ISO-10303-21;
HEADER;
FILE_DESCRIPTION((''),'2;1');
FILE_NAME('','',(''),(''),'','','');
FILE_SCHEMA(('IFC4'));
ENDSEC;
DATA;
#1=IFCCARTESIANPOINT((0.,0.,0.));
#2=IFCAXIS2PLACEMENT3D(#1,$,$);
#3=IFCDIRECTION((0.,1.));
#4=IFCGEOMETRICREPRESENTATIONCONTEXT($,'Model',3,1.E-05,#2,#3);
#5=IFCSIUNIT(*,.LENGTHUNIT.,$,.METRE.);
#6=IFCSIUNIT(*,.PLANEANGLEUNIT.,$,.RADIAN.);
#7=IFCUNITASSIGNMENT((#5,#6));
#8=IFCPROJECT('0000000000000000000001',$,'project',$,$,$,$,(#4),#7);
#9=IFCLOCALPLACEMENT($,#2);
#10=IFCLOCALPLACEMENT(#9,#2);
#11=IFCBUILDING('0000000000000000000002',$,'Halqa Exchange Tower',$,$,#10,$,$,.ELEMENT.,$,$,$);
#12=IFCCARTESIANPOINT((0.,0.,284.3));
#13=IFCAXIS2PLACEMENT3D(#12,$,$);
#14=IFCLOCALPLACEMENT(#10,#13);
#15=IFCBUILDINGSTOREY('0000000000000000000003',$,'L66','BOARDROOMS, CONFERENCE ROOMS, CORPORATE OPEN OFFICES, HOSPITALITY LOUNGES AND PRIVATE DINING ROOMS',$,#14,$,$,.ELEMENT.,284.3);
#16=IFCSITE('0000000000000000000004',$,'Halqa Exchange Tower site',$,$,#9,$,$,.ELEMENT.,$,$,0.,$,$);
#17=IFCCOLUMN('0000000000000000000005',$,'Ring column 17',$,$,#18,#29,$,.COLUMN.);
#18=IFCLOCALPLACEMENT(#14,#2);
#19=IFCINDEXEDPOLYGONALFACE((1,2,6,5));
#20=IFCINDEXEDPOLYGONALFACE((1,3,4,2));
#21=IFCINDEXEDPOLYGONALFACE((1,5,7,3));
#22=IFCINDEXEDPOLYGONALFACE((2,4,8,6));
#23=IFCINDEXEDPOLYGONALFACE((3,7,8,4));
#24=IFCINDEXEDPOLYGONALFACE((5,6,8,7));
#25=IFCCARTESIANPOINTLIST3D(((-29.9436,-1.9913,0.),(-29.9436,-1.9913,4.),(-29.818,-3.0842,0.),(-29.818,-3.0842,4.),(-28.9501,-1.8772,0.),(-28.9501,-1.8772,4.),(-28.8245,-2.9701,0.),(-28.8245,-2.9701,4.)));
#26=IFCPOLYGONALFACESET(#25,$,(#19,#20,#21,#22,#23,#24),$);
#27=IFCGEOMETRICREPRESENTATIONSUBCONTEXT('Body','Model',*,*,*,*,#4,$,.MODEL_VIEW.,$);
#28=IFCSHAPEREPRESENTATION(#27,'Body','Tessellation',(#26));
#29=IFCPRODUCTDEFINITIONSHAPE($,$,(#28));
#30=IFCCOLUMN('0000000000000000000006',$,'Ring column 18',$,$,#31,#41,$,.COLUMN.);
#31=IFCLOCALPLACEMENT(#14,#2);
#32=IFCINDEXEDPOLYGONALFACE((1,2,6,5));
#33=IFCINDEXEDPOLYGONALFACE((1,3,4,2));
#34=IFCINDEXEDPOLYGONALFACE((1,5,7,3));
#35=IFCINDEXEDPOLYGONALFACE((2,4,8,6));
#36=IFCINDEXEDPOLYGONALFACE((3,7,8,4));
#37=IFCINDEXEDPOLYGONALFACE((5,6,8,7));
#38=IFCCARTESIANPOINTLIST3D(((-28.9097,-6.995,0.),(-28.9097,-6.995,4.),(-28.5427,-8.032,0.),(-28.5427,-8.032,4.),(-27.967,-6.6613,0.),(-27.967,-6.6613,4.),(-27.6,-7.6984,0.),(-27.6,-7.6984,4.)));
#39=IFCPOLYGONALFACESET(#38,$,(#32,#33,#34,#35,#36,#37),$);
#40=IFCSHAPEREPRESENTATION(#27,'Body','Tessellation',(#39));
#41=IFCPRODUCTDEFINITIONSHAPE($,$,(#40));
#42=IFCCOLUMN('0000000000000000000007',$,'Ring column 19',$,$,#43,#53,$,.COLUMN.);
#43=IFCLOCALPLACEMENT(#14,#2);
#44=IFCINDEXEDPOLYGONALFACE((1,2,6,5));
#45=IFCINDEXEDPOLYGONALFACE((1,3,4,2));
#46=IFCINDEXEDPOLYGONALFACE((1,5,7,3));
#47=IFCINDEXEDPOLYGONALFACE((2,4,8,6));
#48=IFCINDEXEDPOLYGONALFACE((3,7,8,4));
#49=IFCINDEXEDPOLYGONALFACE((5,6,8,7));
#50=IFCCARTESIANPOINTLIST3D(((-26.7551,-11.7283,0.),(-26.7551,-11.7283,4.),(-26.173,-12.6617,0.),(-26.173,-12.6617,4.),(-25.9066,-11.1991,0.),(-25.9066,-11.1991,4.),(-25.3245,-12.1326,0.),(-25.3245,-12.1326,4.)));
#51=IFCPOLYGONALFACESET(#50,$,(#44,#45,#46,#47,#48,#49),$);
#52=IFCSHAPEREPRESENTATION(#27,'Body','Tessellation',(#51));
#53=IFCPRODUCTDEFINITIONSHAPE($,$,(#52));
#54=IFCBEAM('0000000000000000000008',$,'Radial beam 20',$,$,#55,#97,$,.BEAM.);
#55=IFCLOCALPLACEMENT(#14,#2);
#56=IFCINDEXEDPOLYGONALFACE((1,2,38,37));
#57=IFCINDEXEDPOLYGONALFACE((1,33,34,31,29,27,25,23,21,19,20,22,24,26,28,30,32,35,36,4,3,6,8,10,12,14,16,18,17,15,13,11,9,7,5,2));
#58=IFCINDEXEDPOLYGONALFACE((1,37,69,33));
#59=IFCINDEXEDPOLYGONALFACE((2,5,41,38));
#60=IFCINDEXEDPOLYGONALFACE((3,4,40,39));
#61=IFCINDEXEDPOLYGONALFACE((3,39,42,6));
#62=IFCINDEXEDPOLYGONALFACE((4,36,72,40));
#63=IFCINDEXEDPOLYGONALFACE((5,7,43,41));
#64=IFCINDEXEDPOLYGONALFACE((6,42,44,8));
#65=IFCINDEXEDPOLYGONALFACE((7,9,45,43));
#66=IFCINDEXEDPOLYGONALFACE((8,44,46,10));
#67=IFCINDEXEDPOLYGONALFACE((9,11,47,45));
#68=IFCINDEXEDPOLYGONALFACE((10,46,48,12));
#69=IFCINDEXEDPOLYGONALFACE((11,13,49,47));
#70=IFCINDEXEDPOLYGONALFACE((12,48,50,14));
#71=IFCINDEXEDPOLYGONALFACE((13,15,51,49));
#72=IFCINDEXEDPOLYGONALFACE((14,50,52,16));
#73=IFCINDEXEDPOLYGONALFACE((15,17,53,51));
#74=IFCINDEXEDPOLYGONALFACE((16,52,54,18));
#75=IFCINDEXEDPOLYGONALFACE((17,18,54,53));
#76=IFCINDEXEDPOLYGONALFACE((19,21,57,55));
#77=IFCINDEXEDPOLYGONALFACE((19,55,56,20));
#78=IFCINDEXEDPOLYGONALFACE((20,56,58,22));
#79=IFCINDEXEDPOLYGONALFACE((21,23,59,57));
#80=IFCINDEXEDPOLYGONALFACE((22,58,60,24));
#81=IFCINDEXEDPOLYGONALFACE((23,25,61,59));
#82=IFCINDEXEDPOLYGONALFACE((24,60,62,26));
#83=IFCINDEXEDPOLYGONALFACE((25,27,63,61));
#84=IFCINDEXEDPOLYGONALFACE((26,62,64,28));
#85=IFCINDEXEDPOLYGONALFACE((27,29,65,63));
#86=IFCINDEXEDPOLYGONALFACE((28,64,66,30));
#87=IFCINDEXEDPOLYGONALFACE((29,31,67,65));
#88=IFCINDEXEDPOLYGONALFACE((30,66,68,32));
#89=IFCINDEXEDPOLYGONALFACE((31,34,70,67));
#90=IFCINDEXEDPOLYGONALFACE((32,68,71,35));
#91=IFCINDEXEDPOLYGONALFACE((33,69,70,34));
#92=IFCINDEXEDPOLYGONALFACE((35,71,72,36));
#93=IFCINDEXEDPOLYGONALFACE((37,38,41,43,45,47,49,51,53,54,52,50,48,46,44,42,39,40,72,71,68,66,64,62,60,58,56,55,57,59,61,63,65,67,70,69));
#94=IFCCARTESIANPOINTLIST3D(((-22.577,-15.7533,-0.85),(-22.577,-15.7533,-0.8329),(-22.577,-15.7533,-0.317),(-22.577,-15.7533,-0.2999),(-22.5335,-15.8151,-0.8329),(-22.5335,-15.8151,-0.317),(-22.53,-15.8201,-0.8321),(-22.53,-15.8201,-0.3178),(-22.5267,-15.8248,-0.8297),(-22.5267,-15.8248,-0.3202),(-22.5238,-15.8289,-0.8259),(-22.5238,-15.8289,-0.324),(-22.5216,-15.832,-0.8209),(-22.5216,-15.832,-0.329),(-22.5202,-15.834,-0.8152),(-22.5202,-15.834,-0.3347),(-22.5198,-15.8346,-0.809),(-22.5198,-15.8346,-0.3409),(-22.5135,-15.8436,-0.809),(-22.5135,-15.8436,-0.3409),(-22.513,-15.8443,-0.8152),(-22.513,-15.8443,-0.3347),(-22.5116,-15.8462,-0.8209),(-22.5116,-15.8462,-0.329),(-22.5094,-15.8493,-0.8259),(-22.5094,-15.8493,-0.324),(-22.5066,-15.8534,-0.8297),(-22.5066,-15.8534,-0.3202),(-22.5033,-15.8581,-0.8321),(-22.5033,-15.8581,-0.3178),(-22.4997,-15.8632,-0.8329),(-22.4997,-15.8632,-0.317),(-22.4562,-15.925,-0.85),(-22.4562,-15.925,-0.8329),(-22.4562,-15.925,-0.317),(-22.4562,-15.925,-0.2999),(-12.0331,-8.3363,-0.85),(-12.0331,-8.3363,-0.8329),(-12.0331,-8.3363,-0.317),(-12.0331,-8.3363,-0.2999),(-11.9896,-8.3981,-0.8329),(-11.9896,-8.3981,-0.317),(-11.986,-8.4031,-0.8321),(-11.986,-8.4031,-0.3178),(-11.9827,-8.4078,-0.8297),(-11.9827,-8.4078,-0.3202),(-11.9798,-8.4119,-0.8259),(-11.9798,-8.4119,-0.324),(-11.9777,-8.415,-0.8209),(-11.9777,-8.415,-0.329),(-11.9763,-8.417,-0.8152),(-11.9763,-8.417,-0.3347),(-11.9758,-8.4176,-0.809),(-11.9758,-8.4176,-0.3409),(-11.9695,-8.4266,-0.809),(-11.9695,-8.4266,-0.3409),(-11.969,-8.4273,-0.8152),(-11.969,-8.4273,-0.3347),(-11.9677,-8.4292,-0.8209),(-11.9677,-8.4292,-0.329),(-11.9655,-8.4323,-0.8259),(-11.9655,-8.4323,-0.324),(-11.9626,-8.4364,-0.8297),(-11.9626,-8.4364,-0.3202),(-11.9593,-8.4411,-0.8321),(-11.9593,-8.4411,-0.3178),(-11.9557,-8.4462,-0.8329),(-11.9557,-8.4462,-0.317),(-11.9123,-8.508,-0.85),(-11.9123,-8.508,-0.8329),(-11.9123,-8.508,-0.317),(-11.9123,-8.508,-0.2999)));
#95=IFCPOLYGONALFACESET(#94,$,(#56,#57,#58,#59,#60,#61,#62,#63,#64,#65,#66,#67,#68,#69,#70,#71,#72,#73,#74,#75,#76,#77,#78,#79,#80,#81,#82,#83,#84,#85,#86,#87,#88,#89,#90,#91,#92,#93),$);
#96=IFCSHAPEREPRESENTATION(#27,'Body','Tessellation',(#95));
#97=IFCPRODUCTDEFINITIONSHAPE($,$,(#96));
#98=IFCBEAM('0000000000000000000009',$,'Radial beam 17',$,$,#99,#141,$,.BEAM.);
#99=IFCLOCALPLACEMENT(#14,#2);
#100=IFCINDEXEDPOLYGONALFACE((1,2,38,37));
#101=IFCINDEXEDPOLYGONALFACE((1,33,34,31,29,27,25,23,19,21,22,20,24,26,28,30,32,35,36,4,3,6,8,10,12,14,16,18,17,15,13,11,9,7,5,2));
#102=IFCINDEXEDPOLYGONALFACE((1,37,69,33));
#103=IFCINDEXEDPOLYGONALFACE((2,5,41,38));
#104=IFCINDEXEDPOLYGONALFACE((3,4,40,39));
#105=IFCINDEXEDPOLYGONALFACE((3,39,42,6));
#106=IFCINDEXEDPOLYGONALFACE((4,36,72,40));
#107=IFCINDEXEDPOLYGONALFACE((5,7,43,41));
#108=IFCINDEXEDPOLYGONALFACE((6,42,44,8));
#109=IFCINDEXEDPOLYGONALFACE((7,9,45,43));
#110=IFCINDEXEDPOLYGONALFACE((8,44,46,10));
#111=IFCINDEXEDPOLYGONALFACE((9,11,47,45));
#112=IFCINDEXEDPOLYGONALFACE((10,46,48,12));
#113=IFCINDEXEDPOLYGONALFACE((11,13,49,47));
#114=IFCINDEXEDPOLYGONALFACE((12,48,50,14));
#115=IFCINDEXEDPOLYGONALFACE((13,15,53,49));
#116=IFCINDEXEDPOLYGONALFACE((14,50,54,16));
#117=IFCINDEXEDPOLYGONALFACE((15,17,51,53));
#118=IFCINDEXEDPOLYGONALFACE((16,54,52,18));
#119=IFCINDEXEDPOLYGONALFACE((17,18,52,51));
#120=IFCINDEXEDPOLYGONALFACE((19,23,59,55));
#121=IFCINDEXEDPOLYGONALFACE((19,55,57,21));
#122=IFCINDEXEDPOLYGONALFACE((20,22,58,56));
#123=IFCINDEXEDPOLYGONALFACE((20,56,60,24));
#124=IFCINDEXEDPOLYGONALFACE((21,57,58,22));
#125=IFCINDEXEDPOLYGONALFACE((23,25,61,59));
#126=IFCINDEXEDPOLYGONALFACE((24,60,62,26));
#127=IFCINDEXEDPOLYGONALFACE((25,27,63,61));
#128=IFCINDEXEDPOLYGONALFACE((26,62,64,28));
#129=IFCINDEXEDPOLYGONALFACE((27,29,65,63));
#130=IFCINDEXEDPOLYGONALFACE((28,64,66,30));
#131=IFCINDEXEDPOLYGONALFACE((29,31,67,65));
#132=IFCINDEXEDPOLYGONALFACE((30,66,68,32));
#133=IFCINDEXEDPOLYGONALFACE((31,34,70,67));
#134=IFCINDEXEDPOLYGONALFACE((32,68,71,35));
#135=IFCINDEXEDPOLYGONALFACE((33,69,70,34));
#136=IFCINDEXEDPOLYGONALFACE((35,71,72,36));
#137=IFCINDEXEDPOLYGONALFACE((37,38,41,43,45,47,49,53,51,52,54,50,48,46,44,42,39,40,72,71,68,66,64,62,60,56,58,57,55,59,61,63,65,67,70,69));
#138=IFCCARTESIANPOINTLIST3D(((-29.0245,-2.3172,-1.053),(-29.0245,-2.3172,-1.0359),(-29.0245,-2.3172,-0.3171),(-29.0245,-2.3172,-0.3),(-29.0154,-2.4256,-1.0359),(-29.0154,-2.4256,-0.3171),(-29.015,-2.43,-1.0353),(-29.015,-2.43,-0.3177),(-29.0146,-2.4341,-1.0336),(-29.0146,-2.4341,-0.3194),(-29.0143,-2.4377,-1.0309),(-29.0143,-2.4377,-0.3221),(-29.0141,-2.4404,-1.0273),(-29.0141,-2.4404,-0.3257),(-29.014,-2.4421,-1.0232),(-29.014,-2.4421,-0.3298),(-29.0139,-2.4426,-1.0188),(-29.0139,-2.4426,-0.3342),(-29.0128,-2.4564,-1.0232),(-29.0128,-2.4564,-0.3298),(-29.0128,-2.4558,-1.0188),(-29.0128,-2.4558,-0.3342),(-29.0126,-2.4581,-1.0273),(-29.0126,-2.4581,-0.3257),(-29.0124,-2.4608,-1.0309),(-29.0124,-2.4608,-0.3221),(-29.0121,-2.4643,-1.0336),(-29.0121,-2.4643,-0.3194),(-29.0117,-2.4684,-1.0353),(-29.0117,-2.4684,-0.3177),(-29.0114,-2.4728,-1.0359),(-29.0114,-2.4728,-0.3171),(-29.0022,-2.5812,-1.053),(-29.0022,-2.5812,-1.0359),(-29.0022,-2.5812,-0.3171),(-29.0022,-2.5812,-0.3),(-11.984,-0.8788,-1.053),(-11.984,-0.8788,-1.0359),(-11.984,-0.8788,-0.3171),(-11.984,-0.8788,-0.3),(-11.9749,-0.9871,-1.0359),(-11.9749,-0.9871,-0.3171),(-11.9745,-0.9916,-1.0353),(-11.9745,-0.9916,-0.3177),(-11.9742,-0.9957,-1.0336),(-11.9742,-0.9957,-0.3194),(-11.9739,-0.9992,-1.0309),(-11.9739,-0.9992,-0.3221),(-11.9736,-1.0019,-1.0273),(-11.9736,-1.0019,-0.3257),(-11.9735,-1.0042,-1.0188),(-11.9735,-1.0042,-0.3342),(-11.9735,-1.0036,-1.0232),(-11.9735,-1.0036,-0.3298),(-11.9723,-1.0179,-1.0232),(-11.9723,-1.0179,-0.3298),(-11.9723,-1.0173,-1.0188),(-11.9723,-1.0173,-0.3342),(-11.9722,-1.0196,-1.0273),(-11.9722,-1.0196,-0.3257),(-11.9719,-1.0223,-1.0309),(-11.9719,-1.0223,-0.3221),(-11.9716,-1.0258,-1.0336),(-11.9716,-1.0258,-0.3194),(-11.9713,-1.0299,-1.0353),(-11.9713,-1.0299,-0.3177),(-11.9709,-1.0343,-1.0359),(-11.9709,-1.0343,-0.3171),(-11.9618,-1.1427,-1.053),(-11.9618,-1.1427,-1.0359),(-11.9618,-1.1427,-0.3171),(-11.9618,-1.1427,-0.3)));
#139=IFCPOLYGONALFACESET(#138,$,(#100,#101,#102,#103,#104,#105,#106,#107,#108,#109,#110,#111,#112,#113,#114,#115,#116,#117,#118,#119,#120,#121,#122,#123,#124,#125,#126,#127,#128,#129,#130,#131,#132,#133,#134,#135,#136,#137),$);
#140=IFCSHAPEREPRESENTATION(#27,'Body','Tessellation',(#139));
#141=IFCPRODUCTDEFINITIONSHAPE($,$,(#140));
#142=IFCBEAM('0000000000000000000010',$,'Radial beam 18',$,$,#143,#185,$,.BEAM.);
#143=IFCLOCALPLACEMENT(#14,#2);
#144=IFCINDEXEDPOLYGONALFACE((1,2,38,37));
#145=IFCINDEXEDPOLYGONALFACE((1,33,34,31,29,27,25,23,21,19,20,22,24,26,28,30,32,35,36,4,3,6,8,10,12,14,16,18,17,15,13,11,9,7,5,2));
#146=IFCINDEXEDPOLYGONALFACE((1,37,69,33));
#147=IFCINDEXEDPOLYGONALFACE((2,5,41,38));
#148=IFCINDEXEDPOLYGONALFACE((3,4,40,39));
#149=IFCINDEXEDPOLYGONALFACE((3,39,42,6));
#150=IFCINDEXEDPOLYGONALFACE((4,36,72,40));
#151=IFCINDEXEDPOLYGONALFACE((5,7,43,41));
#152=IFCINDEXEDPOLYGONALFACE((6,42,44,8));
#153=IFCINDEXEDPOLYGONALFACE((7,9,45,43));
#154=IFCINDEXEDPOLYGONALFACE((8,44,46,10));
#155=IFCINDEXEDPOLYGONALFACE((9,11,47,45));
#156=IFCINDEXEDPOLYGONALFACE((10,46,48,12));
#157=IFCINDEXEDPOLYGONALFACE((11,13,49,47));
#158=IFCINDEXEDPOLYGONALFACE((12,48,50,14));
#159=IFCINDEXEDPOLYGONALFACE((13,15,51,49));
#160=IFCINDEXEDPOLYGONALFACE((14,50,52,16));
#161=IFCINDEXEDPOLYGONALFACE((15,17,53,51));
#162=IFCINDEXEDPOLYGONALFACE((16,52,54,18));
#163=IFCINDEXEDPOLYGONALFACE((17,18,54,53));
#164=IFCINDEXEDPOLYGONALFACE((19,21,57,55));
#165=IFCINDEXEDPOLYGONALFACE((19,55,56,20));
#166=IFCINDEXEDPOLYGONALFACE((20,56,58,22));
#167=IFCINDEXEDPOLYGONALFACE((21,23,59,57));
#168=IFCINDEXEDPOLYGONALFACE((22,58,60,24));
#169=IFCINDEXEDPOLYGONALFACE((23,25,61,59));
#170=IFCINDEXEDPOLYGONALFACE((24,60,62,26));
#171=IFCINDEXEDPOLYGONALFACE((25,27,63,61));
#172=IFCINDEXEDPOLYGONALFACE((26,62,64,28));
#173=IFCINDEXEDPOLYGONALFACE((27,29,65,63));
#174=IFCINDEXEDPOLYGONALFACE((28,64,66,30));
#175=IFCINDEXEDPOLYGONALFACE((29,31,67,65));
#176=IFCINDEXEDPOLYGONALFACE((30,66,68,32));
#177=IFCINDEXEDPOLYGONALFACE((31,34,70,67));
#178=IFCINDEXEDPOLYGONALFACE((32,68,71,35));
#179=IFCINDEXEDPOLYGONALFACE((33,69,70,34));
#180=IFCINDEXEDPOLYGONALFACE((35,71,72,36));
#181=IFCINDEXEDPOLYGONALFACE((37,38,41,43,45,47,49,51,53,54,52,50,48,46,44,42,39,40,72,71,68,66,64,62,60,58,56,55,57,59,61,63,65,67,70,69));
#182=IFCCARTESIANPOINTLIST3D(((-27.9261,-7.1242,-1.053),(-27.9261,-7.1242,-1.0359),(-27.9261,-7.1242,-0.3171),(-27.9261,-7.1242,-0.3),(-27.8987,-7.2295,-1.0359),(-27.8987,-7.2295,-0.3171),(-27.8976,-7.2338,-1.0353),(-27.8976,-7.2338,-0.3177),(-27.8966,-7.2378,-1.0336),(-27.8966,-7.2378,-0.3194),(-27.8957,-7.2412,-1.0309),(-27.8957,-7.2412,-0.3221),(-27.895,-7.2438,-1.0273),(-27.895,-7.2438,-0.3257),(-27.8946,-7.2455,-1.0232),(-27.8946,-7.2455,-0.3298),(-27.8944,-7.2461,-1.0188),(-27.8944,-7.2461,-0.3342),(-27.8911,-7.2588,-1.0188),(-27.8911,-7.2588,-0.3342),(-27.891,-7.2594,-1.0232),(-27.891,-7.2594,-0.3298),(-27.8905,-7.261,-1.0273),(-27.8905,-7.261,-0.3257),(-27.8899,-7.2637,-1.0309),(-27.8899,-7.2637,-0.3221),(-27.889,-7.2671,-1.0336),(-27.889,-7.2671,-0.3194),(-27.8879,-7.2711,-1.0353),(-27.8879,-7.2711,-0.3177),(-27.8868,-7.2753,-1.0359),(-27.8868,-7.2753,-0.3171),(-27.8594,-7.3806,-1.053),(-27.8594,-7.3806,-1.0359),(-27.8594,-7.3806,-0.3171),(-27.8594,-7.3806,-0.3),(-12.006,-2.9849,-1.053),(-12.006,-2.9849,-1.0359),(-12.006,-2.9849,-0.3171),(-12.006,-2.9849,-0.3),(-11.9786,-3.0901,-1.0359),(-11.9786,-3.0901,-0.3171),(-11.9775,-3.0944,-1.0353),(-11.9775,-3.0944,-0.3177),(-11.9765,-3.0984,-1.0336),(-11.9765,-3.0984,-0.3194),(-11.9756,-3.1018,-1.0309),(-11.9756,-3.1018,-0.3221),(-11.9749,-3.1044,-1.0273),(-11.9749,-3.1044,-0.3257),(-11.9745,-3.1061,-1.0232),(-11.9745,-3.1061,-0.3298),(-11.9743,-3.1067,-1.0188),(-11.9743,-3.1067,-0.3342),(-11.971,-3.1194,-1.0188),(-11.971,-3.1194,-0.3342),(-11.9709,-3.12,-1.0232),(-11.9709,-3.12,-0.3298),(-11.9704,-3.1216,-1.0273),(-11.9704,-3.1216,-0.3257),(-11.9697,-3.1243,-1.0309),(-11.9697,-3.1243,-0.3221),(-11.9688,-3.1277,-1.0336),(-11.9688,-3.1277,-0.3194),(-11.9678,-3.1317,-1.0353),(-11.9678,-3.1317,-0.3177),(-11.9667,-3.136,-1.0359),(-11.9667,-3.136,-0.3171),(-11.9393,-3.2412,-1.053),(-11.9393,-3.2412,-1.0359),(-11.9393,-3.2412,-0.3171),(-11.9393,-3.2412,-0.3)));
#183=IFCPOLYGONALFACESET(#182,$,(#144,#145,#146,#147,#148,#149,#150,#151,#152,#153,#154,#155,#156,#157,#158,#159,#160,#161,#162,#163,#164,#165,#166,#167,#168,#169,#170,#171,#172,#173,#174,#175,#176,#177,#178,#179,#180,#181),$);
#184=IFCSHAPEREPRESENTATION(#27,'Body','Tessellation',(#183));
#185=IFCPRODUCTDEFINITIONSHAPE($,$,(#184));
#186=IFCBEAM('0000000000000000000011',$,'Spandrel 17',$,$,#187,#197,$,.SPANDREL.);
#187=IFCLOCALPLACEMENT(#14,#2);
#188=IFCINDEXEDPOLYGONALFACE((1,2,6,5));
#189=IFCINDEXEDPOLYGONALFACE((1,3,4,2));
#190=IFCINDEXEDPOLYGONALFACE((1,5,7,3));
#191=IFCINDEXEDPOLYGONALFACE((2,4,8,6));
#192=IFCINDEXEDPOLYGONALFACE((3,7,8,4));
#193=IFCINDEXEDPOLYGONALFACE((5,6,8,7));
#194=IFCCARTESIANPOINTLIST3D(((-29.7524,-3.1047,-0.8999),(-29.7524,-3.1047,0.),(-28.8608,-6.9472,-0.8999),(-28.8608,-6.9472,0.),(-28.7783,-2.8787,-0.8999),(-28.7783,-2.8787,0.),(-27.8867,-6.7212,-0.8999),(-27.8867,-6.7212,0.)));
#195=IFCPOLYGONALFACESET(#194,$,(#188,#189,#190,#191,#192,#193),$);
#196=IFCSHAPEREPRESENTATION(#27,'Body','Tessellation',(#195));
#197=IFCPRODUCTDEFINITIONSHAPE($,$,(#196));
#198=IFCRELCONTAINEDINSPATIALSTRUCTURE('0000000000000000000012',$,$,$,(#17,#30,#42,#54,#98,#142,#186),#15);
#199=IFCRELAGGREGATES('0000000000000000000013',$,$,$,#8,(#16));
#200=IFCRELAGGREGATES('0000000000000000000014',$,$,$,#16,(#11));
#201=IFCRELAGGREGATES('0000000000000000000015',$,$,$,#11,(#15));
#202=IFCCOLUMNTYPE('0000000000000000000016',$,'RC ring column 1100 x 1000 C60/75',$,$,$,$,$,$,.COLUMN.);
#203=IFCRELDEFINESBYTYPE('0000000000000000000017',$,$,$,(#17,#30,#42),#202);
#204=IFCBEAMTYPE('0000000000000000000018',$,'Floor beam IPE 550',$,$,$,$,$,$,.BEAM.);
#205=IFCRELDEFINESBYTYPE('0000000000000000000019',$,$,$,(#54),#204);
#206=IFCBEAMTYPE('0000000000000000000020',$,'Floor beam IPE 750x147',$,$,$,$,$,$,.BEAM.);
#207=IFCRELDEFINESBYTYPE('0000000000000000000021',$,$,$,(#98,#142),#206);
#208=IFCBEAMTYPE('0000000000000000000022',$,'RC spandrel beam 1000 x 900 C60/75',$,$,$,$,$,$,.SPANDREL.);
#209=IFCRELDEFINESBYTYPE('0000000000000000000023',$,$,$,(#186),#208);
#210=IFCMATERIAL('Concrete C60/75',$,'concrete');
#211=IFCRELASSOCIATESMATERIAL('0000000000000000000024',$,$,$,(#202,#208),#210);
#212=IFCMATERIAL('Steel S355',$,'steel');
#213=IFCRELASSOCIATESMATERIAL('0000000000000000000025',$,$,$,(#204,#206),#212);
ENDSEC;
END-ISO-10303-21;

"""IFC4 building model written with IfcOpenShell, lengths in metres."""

from ifc_helpers import new_model, si_unit, direction, frame, origin, origin_2d, place, context, subcontext, project, spatial, rectangle, i_section, extrude, material, material_profile, profile_set, type_object, element, save


model = new_model("IFC4")

# Units and contexts
model_context = context("Model", 3, precision=1e-05, world=origin(), true_north=direction((0.0, 1.0)))
body_context = subcontext(model_context, "Body", "Model", "MODEL_VIEW")
ifc_project = project(units=[si_unit("LENGTHUNIT", "METRE"), si_unit("PLANEANGLEUNIT", "RADIAN")], contexts=[model_context])

# Site, building, storey
site_placement = place(None, origin())
site = spatial("IfcSite", under=ifc_project, at=site_placement, Name="Halqa Exchange Tower site", CompositionType="ELEMENT", RefElevation=0.0)
building_placement = place(site_placement, origin())
building = spatial("IfcBuilding", under=site, at=building_placement, Name="Halqa Exchange Tower", CompositionType="ELEMENT")
storey_placement = place(building_placement, frame((0.0, 0.0, 284.3)))
storey = spatial("IfcBuildingStorey", under=building, at=storey_placement, Name="L66", Description="BOARDROOMS, CONFERENCE ROOMS, CORPORATE OPEN OFFICES, HOSPITALITY LOUNGES AND PRIVATE DINING ROOMS", CompositionType="ELEMENT", Elevation=284.3)

# Columns
ifc_material_1 = material(Name="Concrete C60/75", Category="concrete")
ifc_material_profile_1 = material_profile(ifc_material_1, rectangle(XDim=1.1001, YDim=1.0, at=origin_2d()), Name="1100 x 1000")
ifc_profile_set_1 = profile_set([ifc_material_profile_1], Name="Concrete C60/75")
column_type = type_object("IfcColumnType", Name="RC ring column 1100 x 1000 C60/75", PredefinedType="COLUMN", material=ifc_profile_set_1)
for number, where, z_axis, x_axis, name in (
    (1, (-29.384, -2.4807, 0.0), (0.0, 0.0, 1.0), (0.114155, -0.993463, 0.0), "Ring column 17"),
    (2, (-28.2549, -7.3467, 0.0), (0.0, 0.0, 1.0), (0.333619, -0.942708, 0.0), "Ring column 18"),
    (3, (-26.0398, -11.9304, 0.0), (0.0, 0.0, 1.0), (0.529143, -0.848532, 0.0), "Ring column 19"),
):
    element("IfcColumn", number, at=place(storey_placement, frame(where, z_axis=z_axis, x_axis=x_axis)), inside=storey, type_object=column_type, Name=name, PredefinedType="COLUMN", context=body_context, shape_type="SweptSolid", body=[
        extrude(rectangle(XDim=1.1001, YDim=1.0, at=origin_2d()), origin(), (0.0, 0.0, 1.0), 4.0),
    ])

# Beams
ifc_material_2 = material(Name="Steel S355", Category="steel")
ifc_material_profile_2 = material_profile(ifc_material_2, i_section(OverallWidth=0.21, OverallDepth=0.55, WebThickness=0.011, FlangeThickness=0.0171, FilletRadius=0.0239, at=origin_2d()), Name="IPE 550")
ifc_profile_set_2 = profile_set([ifc_material_profile_2], Name="Steel S355")
beam_type_1 = type_object("IfcBeamType", Name="Floor beam IPE 550", PredefinedType="BEAM", material=ifc_profile_set_2)
beam_1_placement = place(storey_placement, frame((-11.9727, -8.4221, -0.575), z_axis=(-0.817909, -0.575347, 0.0), x_axis=(0.575347, -0.817909, 0.0)))
element("IfcBeam", 4, at=beam_1_placement, inside=storey, type_object=beam_type_1, Name="Radial beam 20", PredefinedType="BEAM", context=body_context, shape_type="SweptSolid", body=[
    extrude(i_section(OverallWidth=0.21, OverallDepth=0.55, WebThickness=0.011, FlangeThickness=0.0171, FilletRadius=0.0239, at=origin_2d()), origin(), (0.0, 0.0, 1.0), 12.8914),
])
ifc_material_profile_3 = material_profile(ifc_material_2, i_section(OverallWidth=0.2649, OverallDepth=0.7529, WebThickness=0.0132, FlangeThickness=0.0171, FilletRadius=0.0171, at=origin_2d()), Name="IPE 750x147")
ifc_profile_set_3 = profile_set([ifc_material_profile_3], Name="Steel S355")
beam_type_2 = type_object("IfcBeamType", Name="Floor beam IPE 750x147", PredefinedType="BEAM", material=ifc_profile_set_3)
beam_2_placement = place(storey_placement, frame((-11.9729, -1.0107, -0.6765), z_axis=(-0.996456, -0.084116, 0.0), x_axis=(0.084116, -0.996456, 0.0)))
element("IfcBeam", 5, at=beam_2_placement, inside=storey, type_object=beam_type_2, Name="Radial beam 17", PredefinedType="BEAM", context=body_context, shape_type="SweptSolid", body=[
    extrude(i_section(OverallWidth=0.2649, OverallDepth=0.7529, WebThickness=0.0132, FlangeThickness=0.0171, FilletRadius=0.0171, at=origin_2d()), origin(), (0.0, 0.0, 1.0), 17.1011),
])
beam_3_placement = place(storey_placement, frame((-11.9727, -3.113, -0.6765), z_axis=(-0.96782, -0.251643, 0.0), x_axis=(0.251643, -0.96782, 0.0)))
element("IfcBeam", 6, at=beam_3_placement, inside=storey, type_object=beam_type_2, Name="Radial beam 18", PredefinedType="BEAM", context=body_context, shape_type="SweptSolid", body=[
    extrude(i_section(OverallWidth=0.2649, OverallDepth=0.7529, WebThickness=0.0132, FlangeThickness=0.0171, FilletRadius=0.0171, at=origin_2d()), origin(), (0.0, 0.0, 1.0), 16.4495),
])
ifc_material_profile_4 = material_profile(ifc_material_1, rectangle(XDim=1.0, YDim=0.8999, at=origin_2d()), Name="1000 x 900")
ifc_profile_set_4 = profile_set([ifc_material_profile_4], Name="Concrete C60/75")
beam_type_3 = type_object("IfcBeamType", Name="RC spandrel beam 1000 x 900 C60/75", PredefinedType="SPANDREL", material=ifc_profile_set_4)
beam_4_placement = place(storey_placement, frame((-29.2654, -2.9917, -0.45), z_axis=(0.22603, -0.97412, 0.0), x_axis=(0.97412, 0.22603, 0.0)))
element("IfcBeam", 7, at=beam_4_placement, inside=storey, type_object=beam_type_3, Name="Spandrel 17", PredefinedType="SPANDREL", context=body_context, shape_type="SweptSolid", body=[
    extrude(rectangle(XDim=1.0, YDim=0.8999, at=origin_2d()), origin(), (0.0, 0.0, 1.0), 3.9446),
])

save(model, "model.ifc")
